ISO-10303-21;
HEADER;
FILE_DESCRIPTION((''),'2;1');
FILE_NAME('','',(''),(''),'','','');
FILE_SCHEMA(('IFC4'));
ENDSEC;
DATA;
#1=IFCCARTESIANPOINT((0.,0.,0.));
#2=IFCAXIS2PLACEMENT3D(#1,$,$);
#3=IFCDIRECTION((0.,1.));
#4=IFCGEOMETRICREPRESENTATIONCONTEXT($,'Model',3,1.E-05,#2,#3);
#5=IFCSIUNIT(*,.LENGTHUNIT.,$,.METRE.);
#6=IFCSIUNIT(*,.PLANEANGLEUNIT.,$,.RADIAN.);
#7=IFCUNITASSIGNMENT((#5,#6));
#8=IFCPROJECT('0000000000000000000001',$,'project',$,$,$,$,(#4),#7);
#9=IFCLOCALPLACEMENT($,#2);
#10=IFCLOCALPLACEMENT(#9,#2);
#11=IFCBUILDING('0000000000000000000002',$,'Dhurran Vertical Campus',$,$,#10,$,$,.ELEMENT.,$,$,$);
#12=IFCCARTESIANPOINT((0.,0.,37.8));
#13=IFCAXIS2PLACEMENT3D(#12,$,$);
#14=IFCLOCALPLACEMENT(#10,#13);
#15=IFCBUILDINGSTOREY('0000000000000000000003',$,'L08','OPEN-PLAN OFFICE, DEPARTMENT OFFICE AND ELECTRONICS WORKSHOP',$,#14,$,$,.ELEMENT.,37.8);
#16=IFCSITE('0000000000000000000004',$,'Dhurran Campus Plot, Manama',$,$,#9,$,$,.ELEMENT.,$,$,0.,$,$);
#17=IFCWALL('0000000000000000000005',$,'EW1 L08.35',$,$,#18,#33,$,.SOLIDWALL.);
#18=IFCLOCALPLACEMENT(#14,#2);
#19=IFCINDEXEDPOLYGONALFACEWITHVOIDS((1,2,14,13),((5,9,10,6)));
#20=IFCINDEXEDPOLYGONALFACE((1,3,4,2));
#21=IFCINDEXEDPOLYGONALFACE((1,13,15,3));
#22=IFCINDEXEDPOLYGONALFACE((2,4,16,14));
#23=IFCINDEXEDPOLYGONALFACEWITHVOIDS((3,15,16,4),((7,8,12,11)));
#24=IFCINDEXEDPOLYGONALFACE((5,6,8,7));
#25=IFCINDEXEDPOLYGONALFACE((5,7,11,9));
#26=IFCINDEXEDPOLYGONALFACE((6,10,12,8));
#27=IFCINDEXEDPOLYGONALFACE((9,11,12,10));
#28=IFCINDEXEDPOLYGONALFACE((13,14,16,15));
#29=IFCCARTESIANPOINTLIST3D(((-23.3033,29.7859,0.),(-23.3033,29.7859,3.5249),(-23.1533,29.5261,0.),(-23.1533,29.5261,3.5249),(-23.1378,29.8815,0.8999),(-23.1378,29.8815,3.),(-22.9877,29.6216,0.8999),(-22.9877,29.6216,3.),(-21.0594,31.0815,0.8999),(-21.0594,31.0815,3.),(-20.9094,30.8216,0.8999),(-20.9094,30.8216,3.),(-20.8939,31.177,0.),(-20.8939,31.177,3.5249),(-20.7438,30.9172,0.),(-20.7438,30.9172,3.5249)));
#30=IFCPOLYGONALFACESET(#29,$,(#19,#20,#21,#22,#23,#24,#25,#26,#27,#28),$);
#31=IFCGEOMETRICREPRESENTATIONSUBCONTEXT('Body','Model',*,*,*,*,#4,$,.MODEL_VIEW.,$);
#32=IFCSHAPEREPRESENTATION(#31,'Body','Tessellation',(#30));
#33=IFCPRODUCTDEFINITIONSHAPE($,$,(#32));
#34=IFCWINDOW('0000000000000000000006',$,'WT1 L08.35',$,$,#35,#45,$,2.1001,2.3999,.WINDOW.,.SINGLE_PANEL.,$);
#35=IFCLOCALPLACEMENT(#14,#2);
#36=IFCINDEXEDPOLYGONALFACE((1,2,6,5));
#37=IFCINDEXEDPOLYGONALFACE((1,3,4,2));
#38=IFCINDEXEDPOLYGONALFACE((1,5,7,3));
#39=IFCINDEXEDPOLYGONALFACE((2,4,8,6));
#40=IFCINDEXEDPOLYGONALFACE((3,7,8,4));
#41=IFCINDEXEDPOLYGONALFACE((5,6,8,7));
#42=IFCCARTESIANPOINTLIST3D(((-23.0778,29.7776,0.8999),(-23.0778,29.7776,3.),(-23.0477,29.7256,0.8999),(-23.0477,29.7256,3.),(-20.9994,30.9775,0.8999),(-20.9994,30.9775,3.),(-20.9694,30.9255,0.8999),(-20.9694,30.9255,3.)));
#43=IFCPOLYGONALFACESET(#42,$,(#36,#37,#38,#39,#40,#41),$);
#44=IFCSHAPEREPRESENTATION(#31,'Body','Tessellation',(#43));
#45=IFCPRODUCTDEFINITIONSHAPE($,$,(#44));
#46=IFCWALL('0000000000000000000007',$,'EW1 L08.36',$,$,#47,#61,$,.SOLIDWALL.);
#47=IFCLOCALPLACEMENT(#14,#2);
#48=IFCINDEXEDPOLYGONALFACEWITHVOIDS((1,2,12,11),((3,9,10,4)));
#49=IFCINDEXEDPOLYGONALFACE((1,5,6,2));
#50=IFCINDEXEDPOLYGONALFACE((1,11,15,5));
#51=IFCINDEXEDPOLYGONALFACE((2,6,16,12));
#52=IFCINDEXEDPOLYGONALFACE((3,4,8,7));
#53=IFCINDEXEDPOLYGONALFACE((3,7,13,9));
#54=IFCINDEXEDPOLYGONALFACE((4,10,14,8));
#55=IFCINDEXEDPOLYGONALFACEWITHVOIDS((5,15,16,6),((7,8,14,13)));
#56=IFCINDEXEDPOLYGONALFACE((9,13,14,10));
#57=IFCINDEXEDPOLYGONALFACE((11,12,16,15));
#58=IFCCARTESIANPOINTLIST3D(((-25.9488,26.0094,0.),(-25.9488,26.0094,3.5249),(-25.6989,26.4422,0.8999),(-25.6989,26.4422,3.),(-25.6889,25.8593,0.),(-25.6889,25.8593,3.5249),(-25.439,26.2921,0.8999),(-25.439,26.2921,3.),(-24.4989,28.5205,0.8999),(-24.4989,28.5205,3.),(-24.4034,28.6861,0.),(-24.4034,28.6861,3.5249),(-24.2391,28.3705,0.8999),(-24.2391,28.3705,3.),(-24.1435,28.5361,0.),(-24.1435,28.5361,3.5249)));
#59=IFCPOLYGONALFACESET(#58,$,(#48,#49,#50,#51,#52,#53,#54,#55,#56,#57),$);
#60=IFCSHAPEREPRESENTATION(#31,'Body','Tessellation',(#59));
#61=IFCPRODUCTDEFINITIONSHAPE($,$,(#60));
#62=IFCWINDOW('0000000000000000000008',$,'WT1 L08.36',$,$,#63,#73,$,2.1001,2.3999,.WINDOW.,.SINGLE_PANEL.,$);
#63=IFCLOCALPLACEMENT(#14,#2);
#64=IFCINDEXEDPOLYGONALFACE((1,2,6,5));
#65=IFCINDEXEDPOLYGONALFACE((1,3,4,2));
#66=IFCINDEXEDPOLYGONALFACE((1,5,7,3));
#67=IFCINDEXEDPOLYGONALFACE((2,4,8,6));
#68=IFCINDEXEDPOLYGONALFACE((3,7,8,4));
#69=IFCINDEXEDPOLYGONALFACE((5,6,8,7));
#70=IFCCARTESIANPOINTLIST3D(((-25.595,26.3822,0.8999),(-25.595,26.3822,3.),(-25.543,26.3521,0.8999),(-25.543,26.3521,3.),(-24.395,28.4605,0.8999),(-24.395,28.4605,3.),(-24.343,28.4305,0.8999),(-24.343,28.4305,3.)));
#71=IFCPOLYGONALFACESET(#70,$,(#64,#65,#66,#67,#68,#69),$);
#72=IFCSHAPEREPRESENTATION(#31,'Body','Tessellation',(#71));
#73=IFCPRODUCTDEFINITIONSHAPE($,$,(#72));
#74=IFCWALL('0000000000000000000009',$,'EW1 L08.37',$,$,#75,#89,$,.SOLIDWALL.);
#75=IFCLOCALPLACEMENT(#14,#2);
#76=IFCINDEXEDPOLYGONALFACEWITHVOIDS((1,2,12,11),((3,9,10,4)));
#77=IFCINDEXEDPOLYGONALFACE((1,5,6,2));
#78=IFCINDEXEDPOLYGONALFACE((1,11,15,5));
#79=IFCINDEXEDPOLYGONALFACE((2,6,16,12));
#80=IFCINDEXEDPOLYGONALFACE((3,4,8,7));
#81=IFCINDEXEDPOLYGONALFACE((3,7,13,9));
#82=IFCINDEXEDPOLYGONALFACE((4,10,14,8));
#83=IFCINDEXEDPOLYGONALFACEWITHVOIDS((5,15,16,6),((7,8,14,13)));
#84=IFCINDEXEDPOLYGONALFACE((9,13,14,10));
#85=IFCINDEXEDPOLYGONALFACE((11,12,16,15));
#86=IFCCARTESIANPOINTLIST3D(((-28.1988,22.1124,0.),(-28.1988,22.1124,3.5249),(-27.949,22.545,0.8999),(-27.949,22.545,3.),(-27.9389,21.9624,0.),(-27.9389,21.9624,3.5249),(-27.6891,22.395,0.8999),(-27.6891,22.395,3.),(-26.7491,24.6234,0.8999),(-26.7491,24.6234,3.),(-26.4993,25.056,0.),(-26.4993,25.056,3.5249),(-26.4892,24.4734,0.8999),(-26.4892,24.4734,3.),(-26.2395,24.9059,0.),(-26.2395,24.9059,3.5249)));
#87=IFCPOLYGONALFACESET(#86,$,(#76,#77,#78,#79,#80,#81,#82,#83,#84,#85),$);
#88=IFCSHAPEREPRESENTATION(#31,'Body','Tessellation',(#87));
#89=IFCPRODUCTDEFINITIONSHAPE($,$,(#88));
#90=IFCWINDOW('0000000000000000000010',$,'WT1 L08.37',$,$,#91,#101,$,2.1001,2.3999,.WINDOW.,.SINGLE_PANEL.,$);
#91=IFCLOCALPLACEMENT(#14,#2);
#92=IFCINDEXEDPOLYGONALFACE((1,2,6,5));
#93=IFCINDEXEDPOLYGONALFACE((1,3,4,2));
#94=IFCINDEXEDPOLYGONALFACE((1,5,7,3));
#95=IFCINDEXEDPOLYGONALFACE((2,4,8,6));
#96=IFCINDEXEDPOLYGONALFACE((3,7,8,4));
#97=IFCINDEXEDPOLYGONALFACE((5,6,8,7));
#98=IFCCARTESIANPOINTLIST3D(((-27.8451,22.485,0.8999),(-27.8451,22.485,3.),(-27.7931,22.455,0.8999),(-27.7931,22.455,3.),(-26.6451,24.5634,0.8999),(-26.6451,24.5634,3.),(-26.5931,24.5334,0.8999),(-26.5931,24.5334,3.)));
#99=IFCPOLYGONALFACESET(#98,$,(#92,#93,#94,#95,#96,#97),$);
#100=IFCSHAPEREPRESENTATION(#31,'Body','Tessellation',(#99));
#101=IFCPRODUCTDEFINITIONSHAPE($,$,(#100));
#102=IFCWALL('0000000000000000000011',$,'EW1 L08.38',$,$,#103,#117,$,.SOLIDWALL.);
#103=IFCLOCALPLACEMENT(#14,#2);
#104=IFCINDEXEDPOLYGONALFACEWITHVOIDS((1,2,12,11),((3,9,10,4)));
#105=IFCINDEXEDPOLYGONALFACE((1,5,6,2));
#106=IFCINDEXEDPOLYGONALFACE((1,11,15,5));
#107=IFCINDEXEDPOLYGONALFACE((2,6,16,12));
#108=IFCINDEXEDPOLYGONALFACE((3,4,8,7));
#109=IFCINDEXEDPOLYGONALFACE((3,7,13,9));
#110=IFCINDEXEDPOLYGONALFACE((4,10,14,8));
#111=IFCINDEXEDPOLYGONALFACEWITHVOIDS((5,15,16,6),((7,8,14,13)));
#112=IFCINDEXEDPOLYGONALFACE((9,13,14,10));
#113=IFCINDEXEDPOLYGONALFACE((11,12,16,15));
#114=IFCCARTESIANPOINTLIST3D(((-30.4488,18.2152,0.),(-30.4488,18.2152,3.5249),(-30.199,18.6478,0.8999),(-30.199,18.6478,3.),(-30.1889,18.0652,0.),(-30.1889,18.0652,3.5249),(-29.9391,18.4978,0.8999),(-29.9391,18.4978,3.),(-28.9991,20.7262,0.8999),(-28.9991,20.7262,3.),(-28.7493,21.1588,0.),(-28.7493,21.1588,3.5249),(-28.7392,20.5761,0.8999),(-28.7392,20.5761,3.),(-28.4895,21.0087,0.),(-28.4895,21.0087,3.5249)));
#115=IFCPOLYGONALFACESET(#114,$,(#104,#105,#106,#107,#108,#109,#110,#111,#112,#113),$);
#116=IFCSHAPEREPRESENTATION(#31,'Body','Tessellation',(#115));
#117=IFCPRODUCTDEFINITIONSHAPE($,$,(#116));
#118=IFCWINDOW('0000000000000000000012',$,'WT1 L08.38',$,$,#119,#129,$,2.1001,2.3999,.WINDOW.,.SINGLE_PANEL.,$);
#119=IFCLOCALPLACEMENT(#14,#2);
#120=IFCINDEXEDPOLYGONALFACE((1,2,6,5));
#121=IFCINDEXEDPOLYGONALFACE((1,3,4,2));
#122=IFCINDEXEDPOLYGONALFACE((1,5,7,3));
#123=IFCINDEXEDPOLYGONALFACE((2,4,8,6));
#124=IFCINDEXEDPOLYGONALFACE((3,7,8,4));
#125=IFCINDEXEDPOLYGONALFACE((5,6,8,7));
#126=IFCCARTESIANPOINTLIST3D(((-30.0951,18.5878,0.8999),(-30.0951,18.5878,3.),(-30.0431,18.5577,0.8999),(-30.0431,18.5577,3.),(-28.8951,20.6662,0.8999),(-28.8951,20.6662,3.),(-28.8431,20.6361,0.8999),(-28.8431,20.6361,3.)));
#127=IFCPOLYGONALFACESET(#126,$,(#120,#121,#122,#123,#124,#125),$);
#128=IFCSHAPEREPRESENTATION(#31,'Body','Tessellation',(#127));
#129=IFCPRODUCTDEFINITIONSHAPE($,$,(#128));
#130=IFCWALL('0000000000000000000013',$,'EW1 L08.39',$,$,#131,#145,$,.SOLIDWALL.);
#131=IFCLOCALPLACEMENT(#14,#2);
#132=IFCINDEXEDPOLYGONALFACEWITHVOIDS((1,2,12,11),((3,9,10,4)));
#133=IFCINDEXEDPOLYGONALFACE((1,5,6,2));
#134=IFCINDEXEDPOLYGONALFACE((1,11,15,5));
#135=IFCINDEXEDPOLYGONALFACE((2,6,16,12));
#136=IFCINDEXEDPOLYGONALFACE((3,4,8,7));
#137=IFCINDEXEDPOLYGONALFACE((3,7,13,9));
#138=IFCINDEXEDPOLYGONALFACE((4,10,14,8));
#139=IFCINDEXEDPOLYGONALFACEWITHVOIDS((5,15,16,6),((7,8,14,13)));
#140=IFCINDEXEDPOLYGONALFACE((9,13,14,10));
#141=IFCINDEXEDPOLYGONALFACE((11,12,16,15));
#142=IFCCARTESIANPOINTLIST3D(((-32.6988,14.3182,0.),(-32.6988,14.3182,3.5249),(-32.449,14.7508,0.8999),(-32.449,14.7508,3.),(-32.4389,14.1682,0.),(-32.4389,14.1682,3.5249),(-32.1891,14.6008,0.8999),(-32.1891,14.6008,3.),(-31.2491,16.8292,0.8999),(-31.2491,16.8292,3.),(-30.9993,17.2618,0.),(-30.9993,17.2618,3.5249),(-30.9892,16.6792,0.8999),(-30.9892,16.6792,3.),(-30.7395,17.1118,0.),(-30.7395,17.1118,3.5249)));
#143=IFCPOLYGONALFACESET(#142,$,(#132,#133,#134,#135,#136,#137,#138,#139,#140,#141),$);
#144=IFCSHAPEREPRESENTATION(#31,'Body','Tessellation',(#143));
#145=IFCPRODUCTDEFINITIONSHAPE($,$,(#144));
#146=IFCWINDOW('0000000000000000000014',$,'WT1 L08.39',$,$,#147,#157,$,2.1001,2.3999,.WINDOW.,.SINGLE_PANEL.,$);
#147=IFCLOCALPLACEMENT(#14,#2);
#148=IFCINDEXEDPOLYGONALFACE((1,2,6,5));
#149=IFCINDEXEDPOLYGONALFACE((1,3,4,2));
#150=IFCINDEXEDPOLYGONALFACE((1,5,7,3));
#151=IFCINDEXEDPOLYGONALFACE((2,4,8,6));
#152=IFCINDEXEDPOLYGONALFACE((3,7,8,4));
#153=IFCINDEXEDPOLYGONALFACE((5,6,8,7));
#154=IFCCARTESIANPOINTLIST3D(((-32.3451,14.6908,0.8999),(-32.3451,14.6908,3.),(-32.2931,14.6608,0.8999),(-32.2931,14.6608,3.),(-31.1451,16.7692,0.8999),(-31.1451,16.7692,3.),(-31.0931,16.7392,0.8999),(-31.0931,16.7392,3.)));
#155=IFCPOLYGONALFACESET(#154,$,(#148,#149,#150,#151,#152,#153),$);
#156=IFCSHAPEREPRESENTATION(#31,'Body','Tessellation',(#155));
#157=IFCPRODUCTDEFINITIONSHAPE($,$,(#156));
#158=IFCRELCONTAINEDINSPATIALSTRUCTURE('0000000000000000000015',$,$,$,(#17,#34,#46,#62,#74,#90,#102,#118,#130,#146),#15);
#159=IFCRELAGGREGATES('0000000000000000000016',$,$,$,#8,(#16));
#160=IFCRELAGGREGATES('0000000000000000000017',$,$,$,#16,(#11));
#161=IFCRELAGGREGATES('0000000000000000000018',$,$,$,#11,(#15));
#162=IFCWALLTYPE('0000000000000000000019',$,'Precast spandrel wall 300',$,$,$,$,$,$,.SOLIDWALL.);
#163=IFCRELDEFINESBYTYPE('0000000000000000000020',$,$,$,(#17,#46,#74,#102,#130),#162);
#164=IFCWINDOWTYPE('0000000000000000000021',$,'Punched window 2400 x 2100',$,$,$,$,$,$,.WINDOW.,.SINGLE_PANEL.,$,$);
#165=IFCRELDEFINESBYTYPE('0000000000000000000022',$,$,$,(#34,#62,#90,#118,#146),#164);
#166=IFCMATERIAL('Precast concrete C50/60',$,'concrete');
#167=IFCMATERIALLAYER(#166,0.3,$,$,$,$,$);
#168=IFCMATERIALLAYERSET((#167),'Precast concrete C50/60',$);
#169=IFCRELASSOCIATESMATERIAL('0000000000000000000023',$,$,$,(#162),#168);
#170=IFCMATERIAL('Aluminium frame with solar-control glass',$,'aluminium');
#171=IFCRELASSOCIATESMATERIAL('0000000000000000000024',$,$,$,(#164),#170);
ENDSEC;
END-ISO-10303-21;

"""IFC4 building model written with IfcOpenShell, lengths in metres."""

from ifc_helpers import new_model, si_unit, direction, frame, frame_2d, origin, place, context, subcontext, project, spatial, rectangle, extrude, material, layer, layer_set, type_object, element, fill, save


model = new_model("IFC4")

# Units and contexts
model_context = context("Model", 3, precision=1e-05, world=origin(), true_north=direction((0.0, 1.0)))
body_context = subcontext(model_context, "Body", "Model", "MODEL_VIEW")
ifc_project = project(units=[si_unit("LENGTHUNIT", "METRE"), si_unit("PLANEANGLEUNIT", "RADIAN")], contexts=[model_context])

# Site, building, storey
site_placement = place(None, origin())
site = spatial("IfcSite", under=ifc_project, at=site_placement, Name="Dhurran Campus Plot, Manama", CompositionType="ELEMENT", RefElevation=0.0)
building_placement = place(site_placement, origin())
building = spatial("IfcBuilding", under=site, at=building_placement, Name="Dhurran Vertical Campus", CompositionType="ELEMENT")
storey_placement = place(building_placement, frame((0.0, 0.0, 37.8)))
storey = spatial("IfcBuildingStorey", under=building, at=storey_placement, Name="L08", Description="OPEN-PLAN OFFICE, DEPARTMENT OFFICE AND ELECTRONICS WORKSHOP", CompositionType="ELEMENT", Elevation=37.8)

# Walls, openings, windows
ifc_material_1 = material(Name="Precast concrete C50/60", Category="concrete")
ifc_layer_1 = layer(ifc_material_1, 0.3)
ifc_layer_set_1 = layer_set([ifc_layer_1], Name="Precast concrete C50/60")
wall_type_1 = type_object("IfcWallType", Name="Precast spandrel wall 300", PredefinedType="SOLIDWALL", material=ifc_layer_set_1)
ifc_material_2 = material(Name="Aluminium frame with solar-control glass", Category="aluminium")
window_type = type_object("IfcWindowType", Name="Punched window 2400 x 2100", PartitioningType="SINGLE_PANEL", PredefinedType="WINDOW", material=ifc_material_2)
wall_1_placement = place(storey_placement, frame((-20.8188, 31.0471, 0.0), z_axis=(0.0, 0.0, 1.0), x_axis=(-0.86602, -0.500009, 0.0)))
wall_1 = element("IfcWall", 1, at=wall_1_placement, inside=storey, type_object=wall_type_1, Name="EW1 L08.35", PredefinedType="SOLIDWALL", context=body_context, shape_type="SweptSolid", body=[
    extrude(rectangle(XDim=2.7822, YDim=0.3, at=frame_2d((1.3911, 0.0))), origin(), (0.0, 0.0, 1.0), 3.5249),
])
opening_1_placement = place(wall_1_placement, frame((0.1912, 0.0, 0.8999)))
opening_1 = element("IfcOpeningElement", 2, at=opening_1_placement, cuts=wall_1, PredefinedType="OPENING", context=body_context, shape_type="SweptSolid", body=[
    extrude(rectangle(XDim=2.3999, YDim=2.1001, at=frame_2d((1.2, 1.05))), frame((0.0, 0.1599, 0.0), z_axis=(0.0, -1.0, 0.0), x_axis=(1.0, 0.0, 0.0)), (0.0, 0.0, 1.0), 0.3201),
])
window_1_placement = place(opening_1_placement, origin())
window_1 = element("IfcWindow", 3, at=window_1_placement, inside=storey, type_object=window_type, Name="WT1 L08.35", OverallHeight=2.1001, OverallWidth=2.3999, PartitioningType="SINGLE_PANEL", PredefinedType="WINDOW", context=body_context, shape_type="SweptSolid", body=[
    extrude(rectangle(XDim=2.3999, YDim=2.1001, at=frame_2d((1.2, 1.05))), frame((0.0, 0.03, 0.0), z_axis=(0.0, -1.0, 0.0), x_axis=(1.0, 0.0, 0.0)), (0.0, 0.0, 1.0), 0.0601),
])
fill(opening_1, window_1)
wall_2_placement = place(storey_placement, frame((-24.2734, 28.6111, 0.0), z_axis=(0.0, 0.0, 1.0), x_axis=(-0.499996, -0.866028, 0.0)))
wall_2 = element("IfcWall", 4, at=wall_2_placement, inside=storey, type_object=wall_type_1, Name="EW1 L08.36", PredefinedType="SOLIDWALL", context=body_context, shape_type="SweptSolid", body=[
    extrude(rectangle(XDim=3.0908, YDim=0.3, at=frame_2d((1.5454, 0.0))), origin(), (0.0, 0.0, 1.0), 3.5249),
])
opening_2_placement = place(wall_2_placement, frame((0.1912, 0.0, 0.8999)))
opening_2 = element("IfcOpeningElement", 5, at=opening_2_placement, cuts=wall_2, PredefinedType="OPENING", context=body_context, shape_type="SweptSolid", body=[
    extrude(rectangle(XDim=2.3999, YDim=2.1001, at=frame_2d((1.2, 1.05))), frame((0.0, 0.1599, 0.0), z_axis=(0.0, -1.0, 0.0), x_axis=(1.0, 0.0, 0.0)), (0.0, 0.0, 1.0), 0.3201),
])
window_2_placement = place(opening_2_placement, origin())
window_2 = element("IfcWindow", 6, at=window_2_placement, inside=storey, type_object=window_type, Name="WT1 L08.36", OverallHeight=2.1001, OverallWidth=2.3999, PartitioningType="SINGLE_PANEL", PredefinedType="WINDOW", context=body_context, shape_type="SweptSolid", body=[
    extrude(rectangle(XDim=2.3999, YDim=2.1001, at=frame_2d((1.2, 1.05))), frame((0.0, 0.03, 0.0), z_axis=(0.0, -1.0, 0.0), x_axis=(1.0, 0.0, 0.0)), (0.0, 0.0, 1.0), 0.0601),
])
fill(opening_2, window_2)
wall_3_placement = place(storey_placement, frame((-26.3694, 24.981, 0.0), z_axis=(0.0, 0.0, 1.0), x_axis=(-0.499994, -0.866029, 0.0)))
wall_3 = element("IfcWall", 7, at=wall_3_placement, inside=storey, type_object=wall_type_1, Name="EW1 L08.37", PredefinedType="SOLIDWALL", context=body_context, shape_type="SweptSolid", body=[
    extrude(rectangle(XDim=3.3989, YDim=0.3, at=frame_2d((1.6995, 0.0))), origin(), (0.0, 0.0, 1.0), 3.5249),
])
opening_3_placement = place(wall_3_placement, frame((0.4995, 0.0, 0.8999)))
opening_3 = element("IfcOpeningElement", 8, at=opening_3_placement, cuts=wall_3, PredefinedType="OPENING", context=body_context, shape_type="SweptSolid", body=[
    extrude(rectangle(XDim=2.3999, YDim=2.1001, at=frame_2d((1.2, 1.05))), frame((0.0, 0.1599, 0.0), z_axis=(0.0, -1.0, 0.0), x_axis=(1.0, 0.0, 0.0)), (0.0, 0.0, 1.0), 0.3201),
])
window_3_placement = place(opening_3_placement, origin())
window_3 = element("IfcWindow", 9, at=window_3_placement, inside=storey, type_object=window_type, Name="WT1 L08.37", OverallHeight=2.1001, OverallWidth=2.3999, PartitioningType="SINGLE_PANEL", PredefinedType="WINDOW", context=body_context, shape_type="SweptSolid", body=[
    extrude(rectangle(XDim=2.3999, YDim=2.1001, at=frame_2d((1.2, 1.05))), frame((0.0, 0.03, 0.0), z_axis=(0.0, -1.0, 0.0), x_axis=(1.0, 0.0, 0.0)), (0.0, 0.0, 1.0), 0.0601),
])
fill(opening_3, window_3)
wall_4_placement = place(storey_placement, frame((-28.6194, 21.0837, 0.0), z_axis=(0.0, 0.0, 1.0), x_axis=(-0.499994, -0.866029, 0.0)))
wall_4 = element("IfcWall", 10, at=wall_4_placement, inside=storey, type_object=wall_type_1, Name="EW1 L08.38", PredefinedType="SOLIDWALL", context=body_context, shape_type="SweptSolid", body=[
    extrude(rectangle(XDim=3.3989, YDim=0.3, at=frame_2d((1.6995, 0.0))), origin(), (0.0, 0.0, 1.0), 3.5249),
])
opening_4_placement = place(wall_4_placement, frame((0.4995, 0.0, 0.8999)))
opening_4 = element("IfcOpeningElement", 11, at=opening_4_placement, cuts=wall_4, PredefinedType="OPENING", context=body_context, shape_type="SweptSolid", body=[
    extrude(rectangle(XDim=2.3999, YDim=2.1001, at=frame_2d((1.2, 1.05))), frame((0.0, 0.1599, 0.0), z_axis=(0.0, -1.0, 0.0), x_axis=(1.0, 0.0, 0.0)), (0.0, 0.0, 1.0), 0.3201),
])
window_4_placement = place(opening_4_placement, origin())
window_4 = element("IfcWindow", 12, at=window_4_placement, inside=storey, type_object=window_type, Name="WT1 L08.38", OverallHeight=2.1001, OverallWidth=2.3999, PartitioningType="SINGLE_PANEL", PredefinedType="WINDOW", context=body_context, shape_type="SweptSolid", body=[
    extrude(rectangle(XDim=2.3999, YDim=2.1001, at=frame_2d((1.2, 1.05))), frame((0.0, 0.03, 0.0), z_axis=(0.0, -1.0, 0.0), x_axis=(1.0, 0.0, 0.0)), (0.0, 0.0, 1.0), 0.0601),
])
fill(opening_4, window_4)
wall_5_placement = place(storey_placement, frame((-30.8694, 17.1868, 0.0), z_axis=(0.0, 0.0, 1.0), x_axis=(-0.499994, -0.866029, 0.0)))
wall_5 = element("IfcWall", 13, at=wall_5_placement, inside=storey, type_object=wall_type_1, Name="EW1 L08.39", PredefinedType="SOLIDWALL", context=body_context, shape_type="SweptSolid", body=[
    extrude(rectangle(XDim=3.3989, YDim=0.3, at=frame_2d((1.6995, 0.0))), origin(), (0.0, 0.0, 1.0), 3.5249),
])
opening_5_placement = place(wall_5_placement, frame((0.4995, 0.0, 0.8999)))
opening_5 = element("IfcOpeningElement", 14, at=opening_5_placement, cuts=wall_5, PredefinedType="OPENING", context=body_context, shape_type="SweptSolid", body=[
    extrude(rectangle(XDim=2.3999, YDim=2.1001, at=frame_2d((1.2, 1.05))), frame((0.0, 0.1599, 0.0), z_axis=(0.0, -1.0, 0.0), x_axis=(1.0, 0.0, 0.0)), (0.0, 0.0, 1.0), 0.3201),
])
window_5_placement = place(opening_5_placement, origin())
window_5 = element("IfcWindow", 15, at=window_5_placement, inside=storey, type_object=window_type, Name="WT1 L08.39", OverallHeight=2.1001, OverallWidth=2.3999, PartitioningType="SINGLE_PANEL", PredefinedType="WINDOW", context=body_context, shape_type="SweptSolid", body=[
    extrude(rectangle(XDim=2.3999, YDim=2.1001, at=frame_2d((1.2, 1.05))), frame((0.0, 0.03, 0.0), z_axis=(0.0, -1.0, 0.0), x_axis=(1.0, 0.0, 0.0)), (0.0, 0.0, 1.0), 0.0601),
])
fill(opening_5, window_5)

save(model, "model.ifc")
